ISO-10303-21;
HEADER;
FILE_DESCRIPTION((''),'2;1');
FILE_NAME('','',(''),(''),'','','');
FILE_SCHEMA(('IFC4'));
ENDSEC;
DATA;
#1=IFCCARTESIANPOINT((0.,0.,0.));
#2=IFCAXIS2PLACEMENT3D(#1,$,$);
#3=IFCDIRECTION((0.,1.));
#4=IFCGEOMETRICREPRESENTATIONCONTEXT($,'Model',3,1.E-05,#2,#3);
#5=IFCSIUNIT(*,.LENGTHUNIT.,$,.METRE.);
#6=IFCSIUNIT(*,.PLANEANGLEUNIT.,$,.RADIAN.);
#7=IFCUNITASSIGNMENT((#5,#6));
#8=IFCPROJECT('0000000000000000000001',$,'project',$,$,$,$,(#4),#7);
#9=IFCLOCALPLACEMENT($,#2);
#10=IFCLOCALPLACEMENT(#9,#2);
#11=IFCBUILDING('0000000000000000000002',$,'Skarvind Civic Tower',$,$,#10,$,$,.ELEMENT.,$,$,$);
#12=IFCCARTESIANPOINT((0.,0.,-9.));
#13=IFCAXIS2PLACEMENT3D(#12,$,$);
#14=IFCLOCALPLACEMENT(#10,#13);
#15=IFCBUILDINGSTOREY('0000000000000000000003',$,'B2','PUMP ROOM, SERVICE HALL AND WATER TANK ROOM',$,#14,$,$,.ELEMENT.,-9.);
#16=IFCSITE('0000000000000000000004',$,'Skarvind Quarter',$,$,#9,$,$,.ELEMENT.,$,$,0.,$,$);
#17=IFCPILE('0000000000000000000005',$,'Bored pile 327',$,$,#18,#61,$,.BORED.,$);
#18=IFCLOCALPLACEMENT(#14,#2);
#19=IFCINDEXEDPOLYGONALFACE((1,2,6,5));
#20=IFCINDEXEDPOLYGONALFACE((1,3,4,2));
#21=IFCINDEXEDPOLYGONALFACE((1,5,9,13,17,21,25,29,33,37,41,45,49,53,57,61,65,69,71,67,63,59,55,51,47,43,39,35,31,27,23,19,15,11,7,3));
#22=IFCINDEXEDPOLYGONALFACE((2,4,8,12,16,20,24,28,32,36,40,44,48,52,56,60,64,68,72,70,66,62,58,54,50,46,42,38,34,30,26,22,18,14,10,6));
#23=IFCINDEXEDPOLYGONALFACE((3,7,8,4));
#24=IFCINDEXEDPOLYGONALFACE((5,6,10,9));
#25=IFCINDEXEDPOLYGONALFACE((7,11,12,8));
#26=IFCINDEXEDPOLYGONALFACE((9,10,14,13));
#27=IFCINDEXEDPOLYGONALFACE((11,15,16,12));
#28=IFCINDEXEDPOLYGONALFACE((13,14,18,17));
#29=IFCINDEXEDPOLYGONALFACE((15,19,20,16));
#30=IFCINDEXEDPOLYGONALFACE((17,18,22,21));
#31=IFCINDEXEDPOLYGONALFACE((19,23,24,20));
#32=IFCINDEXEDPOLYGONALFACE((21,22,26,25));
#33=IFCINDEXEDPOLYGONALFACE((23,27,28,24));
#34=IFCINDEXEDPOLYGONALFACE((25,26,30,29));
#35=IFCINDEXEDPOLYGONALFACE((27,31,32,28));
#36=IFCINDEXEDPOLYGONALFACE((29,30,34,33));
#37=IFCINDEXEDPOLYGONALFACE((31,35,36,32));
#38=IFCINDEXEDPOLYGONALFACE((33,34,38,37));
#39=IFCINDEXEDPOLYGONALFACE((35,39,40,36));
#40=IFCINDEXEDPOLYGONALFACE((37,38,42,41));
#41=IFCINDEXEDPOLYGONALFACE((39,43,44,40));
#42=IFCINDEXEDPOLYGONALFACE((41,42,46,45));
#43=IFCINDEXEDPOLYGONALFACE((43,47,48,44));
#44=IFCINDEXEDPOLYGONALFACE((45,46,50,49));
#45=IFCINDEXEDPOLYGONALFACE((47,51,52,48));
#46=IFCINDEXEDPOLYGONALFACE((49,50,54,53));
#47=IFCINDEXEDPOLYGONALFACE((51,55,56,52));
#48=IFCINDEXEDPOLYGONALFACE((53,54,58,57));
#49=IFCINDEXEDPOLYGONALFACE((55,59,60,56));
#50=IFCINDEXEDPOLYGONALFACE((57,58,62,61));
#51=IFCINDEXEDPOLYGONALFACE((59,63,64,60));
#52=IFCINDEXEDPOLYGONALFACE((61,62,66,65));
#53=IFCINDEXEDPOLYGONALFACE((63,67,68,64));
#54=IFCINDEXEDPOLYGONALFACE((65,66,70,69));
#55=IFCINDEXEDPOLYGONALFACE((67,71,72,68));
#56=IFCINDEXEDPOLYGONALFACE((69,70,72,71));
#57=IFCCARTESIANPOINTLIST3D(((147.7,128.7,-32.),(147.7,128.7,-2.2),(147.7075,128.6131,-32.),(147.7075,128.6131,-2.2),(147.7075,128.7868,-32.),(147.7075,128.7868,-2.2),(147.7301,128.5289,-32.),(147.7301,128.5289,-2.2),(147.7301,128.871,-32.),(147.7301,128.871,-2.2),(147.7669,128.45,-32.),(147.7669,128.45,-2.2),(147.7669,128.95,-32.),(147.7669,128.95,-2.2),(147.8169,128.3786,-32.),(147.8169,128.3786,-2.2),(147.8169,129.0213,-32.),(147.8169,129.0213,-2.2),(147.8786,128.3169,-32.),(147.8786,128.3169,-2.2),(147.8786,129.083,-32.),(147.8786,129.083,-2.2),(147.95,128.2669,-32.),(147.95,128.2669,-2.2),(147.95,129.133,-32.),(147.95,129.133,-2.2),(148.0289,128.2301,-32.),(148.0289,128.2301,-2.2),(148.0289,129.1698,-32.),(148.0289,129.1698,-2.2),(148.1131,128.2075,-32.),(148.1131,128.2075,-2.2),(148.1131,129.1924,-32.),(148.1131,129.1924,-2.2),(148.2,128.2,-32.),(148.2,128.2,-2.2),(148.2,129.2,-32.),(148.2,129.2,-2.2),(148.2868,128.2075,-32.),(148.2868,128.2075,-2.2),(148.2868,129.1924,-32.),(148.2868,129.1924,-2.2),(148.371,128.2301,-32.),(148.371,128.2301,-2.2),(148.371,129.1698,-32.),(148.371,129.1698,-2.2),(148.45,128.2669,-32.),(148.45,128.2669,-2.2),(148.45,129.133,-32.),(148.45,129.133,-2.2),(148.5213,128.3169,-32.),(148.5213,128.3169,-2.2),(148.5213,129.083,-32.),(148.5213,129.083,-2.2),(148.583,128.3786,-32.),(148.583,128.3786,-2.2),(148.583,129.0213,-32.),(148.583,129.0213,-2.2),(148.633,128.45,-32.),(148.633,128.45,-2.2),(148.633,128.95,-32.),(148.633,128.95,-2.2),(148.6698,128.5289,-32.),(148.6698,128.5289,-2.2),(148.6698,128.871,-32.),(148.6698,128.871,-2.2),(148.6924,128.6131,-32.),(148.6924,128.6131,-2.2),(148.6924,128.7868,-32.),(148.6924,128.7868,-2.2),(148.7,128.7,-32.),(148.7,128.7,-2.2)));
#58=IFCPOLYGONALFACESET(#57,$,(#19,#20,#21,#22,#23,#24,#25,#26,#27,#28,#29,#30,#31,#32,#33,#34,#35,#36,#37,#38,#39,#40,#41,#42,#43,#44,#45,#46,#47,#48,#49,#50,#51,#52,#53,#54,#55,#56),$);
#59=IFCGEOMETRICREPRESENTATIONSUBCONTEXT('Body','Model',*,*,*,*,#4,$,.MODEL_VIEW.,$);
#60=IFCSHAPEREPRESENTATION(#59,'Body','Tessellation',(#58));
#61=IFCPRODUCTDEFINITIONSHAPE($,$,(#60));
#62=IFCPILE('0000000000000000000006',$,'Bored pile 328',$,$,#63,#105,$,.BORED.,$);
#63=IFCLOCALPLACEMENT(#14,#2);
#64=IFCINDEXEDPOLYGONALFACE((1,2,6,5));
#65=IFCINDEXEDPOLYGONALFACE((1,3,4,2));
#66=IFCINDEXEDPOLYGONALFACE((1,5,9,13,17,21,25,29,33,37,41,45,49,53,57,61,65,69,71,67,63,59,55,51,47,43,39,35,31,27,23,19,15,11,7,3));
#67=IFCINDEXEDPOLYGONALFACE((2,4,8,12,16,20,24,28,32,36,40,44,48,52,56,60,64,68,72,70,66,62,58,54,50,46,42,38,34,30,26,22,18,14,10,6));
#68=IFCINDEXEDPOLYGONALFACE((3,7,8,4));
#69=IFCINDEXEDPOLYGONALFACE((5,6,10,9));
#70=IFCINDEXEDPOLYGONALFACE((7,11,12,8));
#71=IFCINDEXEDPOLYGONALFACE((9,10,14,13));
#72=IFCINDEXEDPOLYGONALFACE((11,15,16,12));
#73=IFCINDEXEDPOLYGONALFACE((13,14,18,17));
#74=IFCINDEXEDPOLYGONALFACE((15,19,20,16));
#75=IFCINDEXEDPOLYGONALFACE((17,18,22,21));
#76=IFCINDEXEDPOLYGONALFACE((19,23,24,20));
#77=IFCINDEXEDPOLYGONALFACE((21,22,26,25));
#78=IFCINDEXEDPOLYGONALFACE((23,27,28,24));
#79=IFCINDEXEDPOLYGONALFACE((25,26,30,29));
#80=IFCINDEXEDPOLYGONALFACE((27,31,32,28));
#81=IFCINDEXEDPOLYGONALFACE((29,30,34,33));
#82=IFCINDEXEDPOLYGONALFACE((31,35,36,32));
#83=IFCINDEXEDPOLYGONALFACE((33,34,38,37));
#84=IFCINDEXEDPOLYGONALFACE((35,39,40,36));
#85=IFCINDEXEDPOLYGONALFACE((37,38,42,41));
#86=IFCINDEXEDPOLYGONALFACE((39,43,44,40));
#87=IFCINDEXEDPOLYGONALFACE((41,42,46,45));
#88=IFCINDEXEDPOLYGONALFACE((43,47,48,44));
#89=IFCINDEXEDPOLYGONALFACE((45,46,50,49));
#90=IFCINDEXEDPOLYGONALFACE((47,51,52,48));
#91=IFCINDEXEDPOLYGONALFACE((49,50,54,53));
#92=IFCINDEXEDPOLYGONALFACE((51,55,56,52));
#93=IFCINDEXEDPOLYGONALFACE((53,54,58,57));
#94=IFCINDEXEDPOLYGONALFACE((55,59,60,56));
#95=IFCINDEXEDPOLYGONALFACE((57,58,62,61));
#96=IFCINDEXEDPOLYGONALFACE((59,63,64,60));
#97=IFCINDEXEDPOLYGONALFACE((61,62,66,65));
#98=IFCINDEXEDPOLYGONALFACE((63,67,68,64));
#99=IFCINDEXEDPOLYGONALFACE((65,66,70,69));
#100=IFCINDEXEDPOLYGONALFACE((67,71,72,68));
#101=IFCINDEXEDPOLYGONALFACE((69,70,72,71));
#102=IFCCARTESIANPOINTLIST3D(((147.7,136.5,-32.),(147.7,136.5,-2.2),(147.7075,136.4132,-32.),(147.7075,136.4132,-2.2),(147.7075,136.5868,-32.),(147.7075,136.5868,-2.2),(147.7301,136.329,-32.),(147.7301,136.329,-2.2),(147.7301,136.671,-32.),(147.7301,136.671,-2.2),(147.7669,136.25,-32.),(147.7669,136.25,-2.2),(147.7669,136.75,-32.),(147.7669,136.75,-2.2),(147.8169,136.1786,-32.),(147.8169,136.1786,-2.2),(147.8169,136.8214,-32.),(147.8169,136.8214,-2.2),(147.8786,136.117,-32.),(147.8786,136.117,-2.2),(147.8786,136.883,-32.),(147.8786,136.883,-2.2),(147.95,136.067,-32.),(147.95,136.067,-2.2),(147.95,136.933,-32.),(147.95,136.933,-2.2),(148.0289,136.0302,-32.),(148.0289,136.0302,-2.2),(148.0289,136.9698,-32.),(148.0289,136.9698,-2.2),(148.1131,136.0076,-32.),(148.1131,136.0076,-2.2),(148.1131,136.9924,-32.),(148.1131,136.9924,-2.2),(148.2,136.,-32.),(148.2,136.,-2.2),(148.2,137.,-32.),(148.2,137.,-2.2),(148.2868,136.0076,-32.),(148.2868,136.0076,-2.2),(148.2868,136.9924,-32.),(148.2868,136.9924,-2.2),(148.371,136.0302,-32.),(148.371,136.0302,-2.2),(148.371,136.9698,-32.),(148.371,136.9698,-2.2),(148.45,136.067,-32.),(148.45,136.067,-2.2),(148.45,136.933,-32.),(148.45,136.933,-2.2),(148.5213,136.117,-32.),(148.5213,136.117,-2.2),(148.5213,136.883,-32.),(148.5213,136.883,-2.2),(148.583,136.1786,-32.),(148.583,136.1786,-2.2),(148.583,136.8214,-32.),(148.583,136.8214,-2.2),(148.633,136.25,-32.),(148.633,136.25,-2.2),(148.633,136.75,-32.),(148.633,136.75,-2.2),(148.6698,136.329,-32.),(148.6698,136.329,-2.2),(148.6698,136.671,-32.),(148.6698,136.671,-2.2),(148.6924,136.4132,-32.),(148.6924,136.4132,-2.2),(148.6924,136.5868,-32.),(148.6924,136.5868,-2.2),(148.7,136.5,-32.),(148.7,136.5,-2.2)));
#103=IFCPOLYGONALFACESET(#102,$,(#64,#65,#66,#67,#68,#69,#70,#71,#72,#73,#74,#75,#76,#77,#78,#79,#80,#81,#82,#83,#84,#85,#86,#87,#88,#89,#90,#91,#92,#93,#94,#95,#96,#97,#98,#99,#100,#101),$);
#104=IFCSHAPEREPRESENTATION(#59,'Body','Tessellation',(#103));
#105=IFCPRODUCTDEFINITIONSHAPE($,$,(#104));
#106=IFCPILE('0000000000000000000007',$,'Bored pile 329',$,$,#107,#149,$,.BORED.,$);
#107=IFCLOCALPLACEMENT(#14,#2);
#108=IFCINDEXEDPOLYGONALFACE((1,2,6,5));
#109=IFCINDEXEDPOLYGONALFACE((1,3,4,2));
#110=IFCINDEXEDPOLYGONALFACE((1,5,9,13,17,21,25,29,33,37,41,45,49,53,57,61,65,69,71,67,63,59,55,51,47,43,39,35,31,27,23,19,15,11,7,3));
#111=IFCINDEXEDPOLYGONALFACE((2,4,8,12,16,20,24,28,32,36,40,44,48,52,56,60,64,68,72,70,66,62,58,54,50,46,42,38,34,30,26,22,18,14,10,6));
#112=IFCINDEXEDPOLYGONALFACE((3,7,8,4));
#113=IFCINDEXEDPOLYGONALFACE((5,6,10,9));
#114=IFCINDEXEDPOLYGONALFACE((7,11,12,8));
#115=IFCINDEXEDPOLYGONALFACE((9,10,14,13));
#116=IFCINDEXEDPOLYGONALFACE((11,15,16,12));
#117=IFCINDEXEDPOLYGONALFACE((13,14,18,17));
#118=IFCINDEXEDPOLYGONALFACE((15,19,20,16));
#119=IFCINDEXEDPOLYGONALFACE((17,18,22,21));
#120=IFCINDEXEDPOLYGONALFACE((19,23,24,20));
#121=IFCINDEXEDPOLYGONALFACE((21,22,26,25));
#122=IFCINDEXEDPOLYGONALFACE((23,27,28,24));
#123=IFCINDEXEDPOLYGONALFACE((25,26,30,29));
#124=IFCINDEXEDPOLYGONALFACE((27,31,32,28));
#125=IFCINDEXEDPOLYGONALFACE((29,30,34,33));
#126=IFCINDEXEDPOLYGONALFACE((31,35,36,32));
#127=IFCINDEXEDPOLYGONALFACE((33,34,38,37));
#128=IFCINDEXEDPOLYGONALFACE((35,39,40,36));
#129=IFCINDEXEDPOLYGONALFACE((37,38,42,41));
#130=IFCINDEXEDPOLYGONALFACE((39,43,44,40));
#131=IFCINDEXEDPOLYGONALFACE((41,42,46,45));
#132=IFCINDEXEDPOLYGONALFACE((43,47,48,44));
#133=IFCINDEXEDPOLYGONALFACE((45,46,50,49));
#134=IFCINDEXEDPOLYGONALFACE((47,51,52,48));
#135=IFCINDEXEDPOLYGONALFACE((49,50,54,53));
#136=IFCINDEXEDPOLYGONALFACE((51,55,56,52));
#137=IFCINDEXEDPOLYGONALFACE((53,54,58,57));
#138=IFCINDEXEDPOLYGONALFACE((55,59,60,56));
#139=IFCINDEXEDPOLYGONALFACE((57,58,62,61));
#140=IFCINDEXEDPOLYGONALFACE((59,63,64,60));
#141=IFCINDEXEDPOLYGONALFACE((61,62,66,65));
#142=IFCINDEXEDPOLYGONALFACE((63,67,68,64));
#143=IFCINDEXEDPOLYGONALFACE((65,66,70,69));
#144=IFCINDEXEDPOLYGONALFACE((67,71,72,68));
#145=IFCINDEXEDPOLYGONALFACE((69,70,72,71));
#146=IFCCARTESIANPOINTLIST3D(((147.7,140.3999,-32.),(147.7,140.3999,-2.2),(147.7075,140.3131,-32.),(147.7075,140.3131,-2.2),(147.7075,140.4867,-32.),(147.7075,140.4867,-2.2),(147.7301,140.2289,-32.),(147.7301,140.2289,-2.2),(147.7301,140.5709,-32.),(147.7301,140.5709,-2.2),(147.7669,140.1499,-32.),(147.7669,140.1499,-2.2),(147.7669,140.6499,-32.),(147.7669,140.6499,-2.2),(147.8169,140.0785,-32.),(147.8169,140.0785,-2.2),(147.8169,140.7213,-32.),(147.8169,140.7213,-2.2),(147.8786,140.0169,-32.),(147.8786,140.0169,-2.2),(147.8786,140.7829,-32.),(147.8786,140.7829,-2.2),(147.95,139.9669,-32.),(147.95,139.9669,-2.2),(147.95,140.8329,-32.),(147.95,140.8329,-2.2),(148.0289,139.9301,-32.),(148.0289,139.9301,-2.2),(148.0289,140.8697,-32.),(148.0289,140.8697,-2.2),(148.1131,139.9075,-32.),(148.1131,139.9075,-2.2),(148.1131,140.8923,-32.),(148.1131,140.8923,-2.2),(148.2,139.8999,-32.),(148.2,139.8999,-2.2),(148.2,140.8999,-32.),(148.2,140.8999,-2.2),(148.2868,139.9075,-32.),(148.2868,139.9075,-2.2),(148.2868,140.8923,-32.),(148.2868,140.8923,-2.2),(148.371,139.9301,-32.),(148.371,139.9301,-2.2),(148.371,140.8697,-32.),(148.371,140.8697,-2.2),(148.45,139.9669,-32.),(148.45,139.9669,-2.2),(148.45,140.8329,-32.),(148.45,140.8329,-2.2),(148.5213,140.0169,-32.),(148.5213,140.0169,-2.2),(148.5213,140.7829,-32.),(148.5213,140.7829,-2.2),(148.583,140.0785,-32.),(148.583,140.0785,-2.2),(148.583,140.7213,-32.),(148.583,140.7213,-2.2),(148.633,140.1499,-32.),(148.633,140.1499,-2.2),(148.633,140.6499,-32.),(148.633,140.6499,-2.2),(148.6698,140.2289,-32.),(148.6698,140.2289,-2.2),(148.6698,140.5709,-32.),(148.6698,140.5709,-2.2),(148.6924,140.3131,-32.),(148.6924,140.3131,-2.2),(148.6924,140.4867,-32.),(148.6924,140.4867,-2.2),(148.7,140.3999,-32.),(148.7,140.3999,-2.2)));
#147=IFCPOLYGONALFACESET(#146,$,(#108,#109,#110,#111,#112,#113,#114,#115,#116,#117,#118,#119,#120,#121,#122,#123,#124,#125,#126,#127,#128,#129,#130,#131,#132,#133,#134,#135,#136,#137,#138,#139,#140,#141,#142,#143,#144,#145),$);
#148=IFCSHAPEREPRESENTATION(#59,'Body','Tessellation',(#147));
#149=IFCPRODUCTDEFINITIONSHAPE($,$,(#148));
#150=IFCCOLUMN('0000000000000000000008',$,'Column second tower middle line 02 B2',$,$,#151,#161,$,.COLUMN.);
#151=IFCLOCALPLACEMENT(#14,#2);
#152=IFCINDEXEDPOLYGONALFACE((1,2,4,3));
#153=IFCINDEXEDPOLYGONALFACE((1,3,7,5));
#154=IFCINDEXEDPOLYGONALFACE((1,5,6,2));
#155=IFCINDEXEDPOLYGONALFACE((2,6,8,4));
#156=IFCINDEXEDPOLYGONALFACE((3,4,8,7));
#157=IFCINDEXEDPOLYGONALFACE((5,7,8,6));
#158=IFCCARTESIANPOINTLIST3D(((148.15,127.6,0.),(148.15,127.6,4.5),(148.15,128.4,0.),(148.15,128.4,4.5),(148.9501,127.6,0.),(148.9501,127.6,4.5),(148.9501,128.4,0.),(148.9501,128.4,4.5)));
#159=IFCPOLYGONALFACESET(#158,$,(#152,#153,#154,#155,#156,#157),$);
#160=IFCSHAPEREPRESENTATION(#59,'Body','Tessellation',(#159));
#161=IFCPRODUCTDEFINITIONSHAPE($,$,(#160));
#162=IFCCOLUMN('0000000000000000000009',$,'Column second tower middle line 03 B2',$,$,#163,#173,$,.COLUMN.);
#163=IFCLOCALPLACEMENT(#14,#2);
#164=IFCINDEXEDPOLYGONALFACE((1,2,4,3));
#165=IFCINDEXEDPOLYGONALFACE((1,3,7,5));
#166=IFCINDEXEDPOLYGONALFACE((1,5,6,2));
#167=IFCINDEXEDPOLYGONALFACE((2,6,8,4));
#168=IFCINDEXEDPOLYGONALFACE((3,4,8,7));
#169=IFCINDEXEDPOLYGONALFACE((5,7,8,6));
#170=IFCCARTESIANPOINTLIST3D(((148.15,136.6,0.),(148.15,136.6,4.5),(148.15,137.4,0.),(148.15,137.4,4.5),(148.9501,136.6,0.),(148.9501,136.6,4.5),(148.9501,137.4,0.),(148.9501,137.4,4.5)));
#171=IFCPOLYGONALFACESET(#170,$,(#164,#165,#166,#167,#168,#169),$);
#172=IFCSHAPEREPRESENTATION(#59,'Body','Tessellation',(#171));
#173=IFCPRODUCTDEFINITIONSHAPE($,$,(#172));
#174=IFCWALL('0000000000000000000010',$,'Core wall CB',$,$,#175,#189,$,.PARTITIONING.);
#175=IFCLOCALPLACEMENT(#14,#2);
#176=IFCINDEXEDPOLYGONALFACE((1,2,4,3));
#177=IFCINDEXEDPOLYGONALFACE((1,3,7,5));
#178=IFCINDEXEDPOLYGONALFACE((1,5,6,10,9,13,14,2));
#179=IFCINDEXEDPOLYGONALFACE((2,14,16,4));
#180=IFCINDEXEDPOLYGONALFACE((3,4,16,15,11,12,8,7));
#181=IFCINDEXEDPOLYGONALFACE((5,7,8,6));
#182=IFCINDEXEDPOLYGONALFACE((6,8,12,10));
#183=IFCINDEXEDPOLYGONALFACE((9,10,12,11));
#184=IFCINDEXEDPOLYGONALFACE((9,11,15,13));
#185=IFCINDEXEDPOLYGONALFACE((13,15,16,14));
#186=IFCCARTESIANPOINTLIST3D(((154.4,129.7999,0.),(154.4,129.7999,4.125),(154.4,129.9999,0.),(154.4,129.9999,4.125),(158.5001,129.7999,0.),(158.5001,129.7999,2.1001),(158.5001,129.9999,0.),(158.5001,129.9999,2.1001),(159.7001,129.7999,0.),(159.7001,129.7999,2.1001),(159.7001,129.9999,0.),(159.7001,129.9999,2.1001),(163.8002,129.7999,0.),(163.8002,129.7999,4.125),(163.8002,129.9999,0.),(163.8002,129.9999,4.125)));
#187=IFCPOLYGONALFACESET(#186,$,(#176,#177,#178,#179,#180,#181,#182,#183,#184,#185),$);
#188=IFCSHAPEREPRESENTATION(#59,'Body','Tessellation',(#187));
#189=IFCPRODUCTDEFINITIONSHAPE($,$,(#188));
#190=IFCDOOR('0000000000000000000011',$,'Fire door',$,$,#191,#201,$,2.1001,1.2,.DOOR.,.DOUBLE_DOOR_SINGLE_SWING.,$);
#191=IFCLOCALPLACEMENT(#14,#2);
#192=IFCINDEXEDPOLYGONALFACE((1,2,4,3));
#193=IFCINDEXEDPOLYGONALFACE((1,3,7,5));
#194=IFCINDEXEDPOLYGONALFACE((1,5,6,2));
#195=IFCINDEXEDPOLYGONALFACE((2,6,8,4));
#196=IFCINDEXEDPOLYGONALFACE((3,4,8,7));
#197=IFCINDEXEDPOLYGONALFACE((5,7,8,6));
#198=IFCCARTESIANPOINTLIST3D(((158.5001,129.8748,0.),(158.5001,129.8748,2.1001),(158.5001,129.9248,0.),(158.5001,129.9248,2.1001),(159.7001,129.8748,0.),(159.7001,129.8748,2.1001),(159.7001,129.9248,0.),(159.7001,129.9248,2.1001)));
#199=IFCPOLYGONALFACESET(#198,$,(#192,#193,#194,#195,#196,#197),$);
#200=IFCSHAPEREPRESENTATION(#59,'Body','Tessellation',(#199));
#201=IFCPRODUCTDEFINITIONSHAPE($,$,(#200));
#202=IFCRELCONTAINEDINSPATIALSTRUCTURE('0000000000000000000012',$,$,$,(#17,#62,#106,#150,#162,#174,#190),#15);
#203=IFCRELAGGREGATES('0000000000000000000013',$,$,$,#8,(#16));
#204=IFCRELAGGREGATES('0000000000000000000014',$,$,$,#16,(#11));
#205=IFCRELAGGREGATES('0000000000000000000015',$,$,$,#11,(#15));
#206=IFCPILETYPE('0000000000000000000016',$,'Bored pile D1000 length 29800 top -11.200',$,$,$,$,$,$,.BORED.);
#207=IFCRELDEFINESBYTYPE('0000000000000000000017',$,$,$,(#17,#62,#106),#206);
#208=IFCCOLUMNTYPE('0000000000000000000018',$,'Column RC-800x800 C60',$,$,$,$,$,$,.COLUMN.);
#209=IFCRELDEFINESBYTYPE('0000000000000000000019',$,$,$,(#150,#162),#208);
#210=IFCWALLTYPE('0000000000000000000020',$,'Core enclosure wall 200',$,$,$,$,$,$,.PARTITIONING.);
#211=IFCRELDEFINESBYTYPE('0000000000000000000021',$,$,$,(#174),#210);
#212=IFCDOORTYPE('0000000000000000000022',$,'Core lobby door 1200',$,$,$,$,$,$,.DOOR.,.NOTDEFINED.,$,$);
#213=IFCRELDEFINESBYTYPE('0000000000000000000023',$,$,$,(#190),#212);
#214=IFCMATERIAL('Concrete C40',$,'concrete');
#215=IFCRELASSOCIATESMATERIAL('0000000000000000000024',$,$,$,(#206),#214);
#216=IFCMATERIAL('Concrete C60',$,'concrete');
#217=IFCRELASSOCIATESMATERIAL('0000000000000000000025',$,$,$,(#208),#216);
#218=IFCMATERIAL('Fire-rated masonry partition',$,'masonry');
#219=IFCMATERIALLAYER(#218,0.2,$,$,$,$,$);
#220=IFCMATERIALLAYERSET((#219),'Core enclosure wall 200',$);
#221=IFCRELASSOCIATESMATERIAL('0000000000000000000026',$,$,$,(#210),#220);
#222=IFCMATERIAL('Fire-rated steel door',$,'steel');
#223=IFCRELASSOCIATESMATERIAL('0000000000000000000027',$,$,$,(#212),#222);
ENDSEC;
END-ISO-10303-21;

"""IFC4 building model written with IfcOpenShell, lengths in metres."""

from ifc_helpers import new_model, si_unit, direction, frame, frame_2d, origin, origin_2d, place, context, subcontext, project, spatial, rectangle, circle, extrude, material, layer, layer_set, material_profile, profile_set, type_object, element, fill, save


model = new_model("IFC4")

# Units and contexts
model_context = context("Model", 3, precision=1e-05, world=origin(), true_north=direction((0.0, 1.0)))
body_context = subcontext(model_context, "Body", "Model", "MODEL_VIEW")
ifc_project = project(units=[si_unit("LENGTHUNIT", "METRE"), si_unit("PLANEANGLEUNIT", "RADIAN")], contexts=[model_context])

# Site, building, storey
site_placement = place(None, origin())
site = spatial("IfcSite", under=ifc_project, at=site_placement, Name="Skarvind Quarter", CompositionType="ELEMENT", RefElevation=0.0)
building_placement = place(site_placement, origin())
building = spatial("IfcBuilding", under=site, at=building_placement, Name="Skarvind Civic Tower", CompositionType="ELEMENT")
storey_placement = place(building_placement, frame((0.0, 0.0, -9.0)))
storey = spatial("IfcBuildingStorey", under=building, at=storey_placement, Name="B2", Description="PUMP ROOM, SERVICE HALL AND WATER TANK ROOM", CompositionType="ELEMENT", Elevation=-9.0)

# Piles
ifc_material_1 = material(Name="Concrete C40", Category="concrete")
pile_type_1 = type_object("IfcPileType", Name="Bored pile D1000 length 29800 top -11.200", PredefinedType="BORED", material=ifc_material_1)
for number, where, z_axis, x_axis, name in (
    (1, (148.2, 128.7, -2.2), (0.0, 0.0, -1.0), (1.0, 0.0, 0.0), "Bored pile 327"),
    (2, (148.2, 136.5, -2.2), (0.0, 0.0, -1.0), (1.0, 0.0, 0.0), "Bored pile 328"),
    (3, (148.2, 140.3999, -2.2), (0.0, 0.0, -1.0), (1.0, 0.0, 0.0), "Bored pile 329"),
):
    element("IfcPile", number, at=place(storey_placement, frame(where, z_axis=z_axis, x_axis=x_axis)), inside=storey, type_object=pile_type_1, Name=name, PredefinedType="BORED", context=body_context, shape_type="SweptSolid", body=[
        extrude(circle(Radius=0.5, at=origin_2d()), origin(), (0.0, 0.0, 1.0), 29.8),
    ])

# Columns
ifc_material_2 = material(Name="Concrete C60", Category="concrete")
ifc_material_profile = material_profile(ifc_material_2, rectangle(XDim=0.8, YDim=0.8, at=origin_2d()), Name="RC-800x800")
ifc_profile_set = profile_set([ifc_material_profile], Name="Concrete C60")
column_type = type_object("IfcColumnType", Name="Column RC-800x800 C60", PredefinedType="COLUMN", material=ifc_profile_set)
for number, where, z_axis, x_axis, name in (
    (4, (148.55, 128.0, 0.0), (0.0, 0.0, 1.0), (1.0, 0.0, 0.0), "Column second tower middle line 02 B2"),
    (5, (148.55, 137.0, 0.0), (0.0, 0.0, 1.0), (1.0, 0.0, 0.0), "Column second tower middle line 03 B2"),
):
    element("IfcColumn", number, at=place(storey_placement, frame(where, z_axis=z_axis, x_axis=x_axis)), inside=storey, type_object=column_type, Name=name, PredefinedType="COLUMN", context=body_context, shape_type="SweptSolid", body=[
        extrude(rectangle(XDim=0.8, YDim=0.8, at=origin_2d()), origin(), (0.0, 0.0, 1.0), 4.5),
    ])

# Wall, opening, door
ifc_material_3 = material(Name="Fire-rated masonry partition", Category="masonry")
ifc_layer_1 = layer(ifc_material_3, 0.2)
ifc_layer_set_1 = layer_set([ifc_layer_1], Name="Core enclosure wall 200")
wall_type_1 = type_object("IfcWallType", Name="Core enclosure wall 200", PredefinedType="PARTITIONING", material=ifc_layer_set_1)
wall_1_placement = place(storey_placement, frame((154.3999, 129.8999, 0.0), z_axis=(0.0, 0.0, 1.0), x_axis=(1.0, 0.0, 0.0)))
wall_1 = element("IfcWall", 6, at=wall_1_placement, inside=storey, type_object=wall_type_1, Name="Core wall CB", PredefinedType="PARTITIONING", context=body_context, shape_type="SweptSolid", body=[
    extrude(rectangle(XDim=9.4001, YDim=0.2, at=frame_2d((4.7002, 0.0))), origin(), (0.0, 0.0, 1.0), 4.125),
])
opening_1_placement = place(wall_1_placement, frame((4.1001, 0.0, 0.0)))
opening_1 = element("IfcOpeningElement", 7, at=opening_1_placement, cuts=wall_1, PredefinedType="OPENING", context=body_context, shape_type="SweptSolid", body=[
    extrude(rectangle(XDim=1.2, YDim=2.1001, at=frame_2d((0.6001, 1.05))), frame((0.0, 0.1099, 0.0), z_axis=(0.0, -1.0, 0.0), x_axis=(1.0, 0.0, 0.0)), (0.0, 0.0, 1.0), 0.22),
])
ifc_material_4 = material(Name="Fire-rated steel door", Category="steel")
door_type_1 = type_object("IfcDoorType", Name="Core lobby door 1200", OperationType="NOTDEFINED", PredefinedType="DOOR", material=ifc_material_4)
door_1_placement = place(opening_1_placement, origin())
door_1 = element("IfcDoor", 8, at=door_1_placement, inside=storey, type_object=door_type_1, Name="Fire door", OperationType="DOUBLE_DOOR_SINGLE_SWING", OverallHeight=2.1001, OverallWidth=1.2, PredefinedType="DOOR", context=body_context, shape_type="SweptSolid", body=[
    extrude(rectangle(XDim=1.2, YDim=2.1001, at=frame_2d((0.6001, 1.05))), frame((0.0, 0.0249, 0.0), z_axis=(0.0, -1.0, 0.0), x_axis=(1.0, 0.0, 0.0)), (0.0, 0.0, 1.0), 0.05),
])
fill(opening_1, door_1)

save(model, "model.ifc")
